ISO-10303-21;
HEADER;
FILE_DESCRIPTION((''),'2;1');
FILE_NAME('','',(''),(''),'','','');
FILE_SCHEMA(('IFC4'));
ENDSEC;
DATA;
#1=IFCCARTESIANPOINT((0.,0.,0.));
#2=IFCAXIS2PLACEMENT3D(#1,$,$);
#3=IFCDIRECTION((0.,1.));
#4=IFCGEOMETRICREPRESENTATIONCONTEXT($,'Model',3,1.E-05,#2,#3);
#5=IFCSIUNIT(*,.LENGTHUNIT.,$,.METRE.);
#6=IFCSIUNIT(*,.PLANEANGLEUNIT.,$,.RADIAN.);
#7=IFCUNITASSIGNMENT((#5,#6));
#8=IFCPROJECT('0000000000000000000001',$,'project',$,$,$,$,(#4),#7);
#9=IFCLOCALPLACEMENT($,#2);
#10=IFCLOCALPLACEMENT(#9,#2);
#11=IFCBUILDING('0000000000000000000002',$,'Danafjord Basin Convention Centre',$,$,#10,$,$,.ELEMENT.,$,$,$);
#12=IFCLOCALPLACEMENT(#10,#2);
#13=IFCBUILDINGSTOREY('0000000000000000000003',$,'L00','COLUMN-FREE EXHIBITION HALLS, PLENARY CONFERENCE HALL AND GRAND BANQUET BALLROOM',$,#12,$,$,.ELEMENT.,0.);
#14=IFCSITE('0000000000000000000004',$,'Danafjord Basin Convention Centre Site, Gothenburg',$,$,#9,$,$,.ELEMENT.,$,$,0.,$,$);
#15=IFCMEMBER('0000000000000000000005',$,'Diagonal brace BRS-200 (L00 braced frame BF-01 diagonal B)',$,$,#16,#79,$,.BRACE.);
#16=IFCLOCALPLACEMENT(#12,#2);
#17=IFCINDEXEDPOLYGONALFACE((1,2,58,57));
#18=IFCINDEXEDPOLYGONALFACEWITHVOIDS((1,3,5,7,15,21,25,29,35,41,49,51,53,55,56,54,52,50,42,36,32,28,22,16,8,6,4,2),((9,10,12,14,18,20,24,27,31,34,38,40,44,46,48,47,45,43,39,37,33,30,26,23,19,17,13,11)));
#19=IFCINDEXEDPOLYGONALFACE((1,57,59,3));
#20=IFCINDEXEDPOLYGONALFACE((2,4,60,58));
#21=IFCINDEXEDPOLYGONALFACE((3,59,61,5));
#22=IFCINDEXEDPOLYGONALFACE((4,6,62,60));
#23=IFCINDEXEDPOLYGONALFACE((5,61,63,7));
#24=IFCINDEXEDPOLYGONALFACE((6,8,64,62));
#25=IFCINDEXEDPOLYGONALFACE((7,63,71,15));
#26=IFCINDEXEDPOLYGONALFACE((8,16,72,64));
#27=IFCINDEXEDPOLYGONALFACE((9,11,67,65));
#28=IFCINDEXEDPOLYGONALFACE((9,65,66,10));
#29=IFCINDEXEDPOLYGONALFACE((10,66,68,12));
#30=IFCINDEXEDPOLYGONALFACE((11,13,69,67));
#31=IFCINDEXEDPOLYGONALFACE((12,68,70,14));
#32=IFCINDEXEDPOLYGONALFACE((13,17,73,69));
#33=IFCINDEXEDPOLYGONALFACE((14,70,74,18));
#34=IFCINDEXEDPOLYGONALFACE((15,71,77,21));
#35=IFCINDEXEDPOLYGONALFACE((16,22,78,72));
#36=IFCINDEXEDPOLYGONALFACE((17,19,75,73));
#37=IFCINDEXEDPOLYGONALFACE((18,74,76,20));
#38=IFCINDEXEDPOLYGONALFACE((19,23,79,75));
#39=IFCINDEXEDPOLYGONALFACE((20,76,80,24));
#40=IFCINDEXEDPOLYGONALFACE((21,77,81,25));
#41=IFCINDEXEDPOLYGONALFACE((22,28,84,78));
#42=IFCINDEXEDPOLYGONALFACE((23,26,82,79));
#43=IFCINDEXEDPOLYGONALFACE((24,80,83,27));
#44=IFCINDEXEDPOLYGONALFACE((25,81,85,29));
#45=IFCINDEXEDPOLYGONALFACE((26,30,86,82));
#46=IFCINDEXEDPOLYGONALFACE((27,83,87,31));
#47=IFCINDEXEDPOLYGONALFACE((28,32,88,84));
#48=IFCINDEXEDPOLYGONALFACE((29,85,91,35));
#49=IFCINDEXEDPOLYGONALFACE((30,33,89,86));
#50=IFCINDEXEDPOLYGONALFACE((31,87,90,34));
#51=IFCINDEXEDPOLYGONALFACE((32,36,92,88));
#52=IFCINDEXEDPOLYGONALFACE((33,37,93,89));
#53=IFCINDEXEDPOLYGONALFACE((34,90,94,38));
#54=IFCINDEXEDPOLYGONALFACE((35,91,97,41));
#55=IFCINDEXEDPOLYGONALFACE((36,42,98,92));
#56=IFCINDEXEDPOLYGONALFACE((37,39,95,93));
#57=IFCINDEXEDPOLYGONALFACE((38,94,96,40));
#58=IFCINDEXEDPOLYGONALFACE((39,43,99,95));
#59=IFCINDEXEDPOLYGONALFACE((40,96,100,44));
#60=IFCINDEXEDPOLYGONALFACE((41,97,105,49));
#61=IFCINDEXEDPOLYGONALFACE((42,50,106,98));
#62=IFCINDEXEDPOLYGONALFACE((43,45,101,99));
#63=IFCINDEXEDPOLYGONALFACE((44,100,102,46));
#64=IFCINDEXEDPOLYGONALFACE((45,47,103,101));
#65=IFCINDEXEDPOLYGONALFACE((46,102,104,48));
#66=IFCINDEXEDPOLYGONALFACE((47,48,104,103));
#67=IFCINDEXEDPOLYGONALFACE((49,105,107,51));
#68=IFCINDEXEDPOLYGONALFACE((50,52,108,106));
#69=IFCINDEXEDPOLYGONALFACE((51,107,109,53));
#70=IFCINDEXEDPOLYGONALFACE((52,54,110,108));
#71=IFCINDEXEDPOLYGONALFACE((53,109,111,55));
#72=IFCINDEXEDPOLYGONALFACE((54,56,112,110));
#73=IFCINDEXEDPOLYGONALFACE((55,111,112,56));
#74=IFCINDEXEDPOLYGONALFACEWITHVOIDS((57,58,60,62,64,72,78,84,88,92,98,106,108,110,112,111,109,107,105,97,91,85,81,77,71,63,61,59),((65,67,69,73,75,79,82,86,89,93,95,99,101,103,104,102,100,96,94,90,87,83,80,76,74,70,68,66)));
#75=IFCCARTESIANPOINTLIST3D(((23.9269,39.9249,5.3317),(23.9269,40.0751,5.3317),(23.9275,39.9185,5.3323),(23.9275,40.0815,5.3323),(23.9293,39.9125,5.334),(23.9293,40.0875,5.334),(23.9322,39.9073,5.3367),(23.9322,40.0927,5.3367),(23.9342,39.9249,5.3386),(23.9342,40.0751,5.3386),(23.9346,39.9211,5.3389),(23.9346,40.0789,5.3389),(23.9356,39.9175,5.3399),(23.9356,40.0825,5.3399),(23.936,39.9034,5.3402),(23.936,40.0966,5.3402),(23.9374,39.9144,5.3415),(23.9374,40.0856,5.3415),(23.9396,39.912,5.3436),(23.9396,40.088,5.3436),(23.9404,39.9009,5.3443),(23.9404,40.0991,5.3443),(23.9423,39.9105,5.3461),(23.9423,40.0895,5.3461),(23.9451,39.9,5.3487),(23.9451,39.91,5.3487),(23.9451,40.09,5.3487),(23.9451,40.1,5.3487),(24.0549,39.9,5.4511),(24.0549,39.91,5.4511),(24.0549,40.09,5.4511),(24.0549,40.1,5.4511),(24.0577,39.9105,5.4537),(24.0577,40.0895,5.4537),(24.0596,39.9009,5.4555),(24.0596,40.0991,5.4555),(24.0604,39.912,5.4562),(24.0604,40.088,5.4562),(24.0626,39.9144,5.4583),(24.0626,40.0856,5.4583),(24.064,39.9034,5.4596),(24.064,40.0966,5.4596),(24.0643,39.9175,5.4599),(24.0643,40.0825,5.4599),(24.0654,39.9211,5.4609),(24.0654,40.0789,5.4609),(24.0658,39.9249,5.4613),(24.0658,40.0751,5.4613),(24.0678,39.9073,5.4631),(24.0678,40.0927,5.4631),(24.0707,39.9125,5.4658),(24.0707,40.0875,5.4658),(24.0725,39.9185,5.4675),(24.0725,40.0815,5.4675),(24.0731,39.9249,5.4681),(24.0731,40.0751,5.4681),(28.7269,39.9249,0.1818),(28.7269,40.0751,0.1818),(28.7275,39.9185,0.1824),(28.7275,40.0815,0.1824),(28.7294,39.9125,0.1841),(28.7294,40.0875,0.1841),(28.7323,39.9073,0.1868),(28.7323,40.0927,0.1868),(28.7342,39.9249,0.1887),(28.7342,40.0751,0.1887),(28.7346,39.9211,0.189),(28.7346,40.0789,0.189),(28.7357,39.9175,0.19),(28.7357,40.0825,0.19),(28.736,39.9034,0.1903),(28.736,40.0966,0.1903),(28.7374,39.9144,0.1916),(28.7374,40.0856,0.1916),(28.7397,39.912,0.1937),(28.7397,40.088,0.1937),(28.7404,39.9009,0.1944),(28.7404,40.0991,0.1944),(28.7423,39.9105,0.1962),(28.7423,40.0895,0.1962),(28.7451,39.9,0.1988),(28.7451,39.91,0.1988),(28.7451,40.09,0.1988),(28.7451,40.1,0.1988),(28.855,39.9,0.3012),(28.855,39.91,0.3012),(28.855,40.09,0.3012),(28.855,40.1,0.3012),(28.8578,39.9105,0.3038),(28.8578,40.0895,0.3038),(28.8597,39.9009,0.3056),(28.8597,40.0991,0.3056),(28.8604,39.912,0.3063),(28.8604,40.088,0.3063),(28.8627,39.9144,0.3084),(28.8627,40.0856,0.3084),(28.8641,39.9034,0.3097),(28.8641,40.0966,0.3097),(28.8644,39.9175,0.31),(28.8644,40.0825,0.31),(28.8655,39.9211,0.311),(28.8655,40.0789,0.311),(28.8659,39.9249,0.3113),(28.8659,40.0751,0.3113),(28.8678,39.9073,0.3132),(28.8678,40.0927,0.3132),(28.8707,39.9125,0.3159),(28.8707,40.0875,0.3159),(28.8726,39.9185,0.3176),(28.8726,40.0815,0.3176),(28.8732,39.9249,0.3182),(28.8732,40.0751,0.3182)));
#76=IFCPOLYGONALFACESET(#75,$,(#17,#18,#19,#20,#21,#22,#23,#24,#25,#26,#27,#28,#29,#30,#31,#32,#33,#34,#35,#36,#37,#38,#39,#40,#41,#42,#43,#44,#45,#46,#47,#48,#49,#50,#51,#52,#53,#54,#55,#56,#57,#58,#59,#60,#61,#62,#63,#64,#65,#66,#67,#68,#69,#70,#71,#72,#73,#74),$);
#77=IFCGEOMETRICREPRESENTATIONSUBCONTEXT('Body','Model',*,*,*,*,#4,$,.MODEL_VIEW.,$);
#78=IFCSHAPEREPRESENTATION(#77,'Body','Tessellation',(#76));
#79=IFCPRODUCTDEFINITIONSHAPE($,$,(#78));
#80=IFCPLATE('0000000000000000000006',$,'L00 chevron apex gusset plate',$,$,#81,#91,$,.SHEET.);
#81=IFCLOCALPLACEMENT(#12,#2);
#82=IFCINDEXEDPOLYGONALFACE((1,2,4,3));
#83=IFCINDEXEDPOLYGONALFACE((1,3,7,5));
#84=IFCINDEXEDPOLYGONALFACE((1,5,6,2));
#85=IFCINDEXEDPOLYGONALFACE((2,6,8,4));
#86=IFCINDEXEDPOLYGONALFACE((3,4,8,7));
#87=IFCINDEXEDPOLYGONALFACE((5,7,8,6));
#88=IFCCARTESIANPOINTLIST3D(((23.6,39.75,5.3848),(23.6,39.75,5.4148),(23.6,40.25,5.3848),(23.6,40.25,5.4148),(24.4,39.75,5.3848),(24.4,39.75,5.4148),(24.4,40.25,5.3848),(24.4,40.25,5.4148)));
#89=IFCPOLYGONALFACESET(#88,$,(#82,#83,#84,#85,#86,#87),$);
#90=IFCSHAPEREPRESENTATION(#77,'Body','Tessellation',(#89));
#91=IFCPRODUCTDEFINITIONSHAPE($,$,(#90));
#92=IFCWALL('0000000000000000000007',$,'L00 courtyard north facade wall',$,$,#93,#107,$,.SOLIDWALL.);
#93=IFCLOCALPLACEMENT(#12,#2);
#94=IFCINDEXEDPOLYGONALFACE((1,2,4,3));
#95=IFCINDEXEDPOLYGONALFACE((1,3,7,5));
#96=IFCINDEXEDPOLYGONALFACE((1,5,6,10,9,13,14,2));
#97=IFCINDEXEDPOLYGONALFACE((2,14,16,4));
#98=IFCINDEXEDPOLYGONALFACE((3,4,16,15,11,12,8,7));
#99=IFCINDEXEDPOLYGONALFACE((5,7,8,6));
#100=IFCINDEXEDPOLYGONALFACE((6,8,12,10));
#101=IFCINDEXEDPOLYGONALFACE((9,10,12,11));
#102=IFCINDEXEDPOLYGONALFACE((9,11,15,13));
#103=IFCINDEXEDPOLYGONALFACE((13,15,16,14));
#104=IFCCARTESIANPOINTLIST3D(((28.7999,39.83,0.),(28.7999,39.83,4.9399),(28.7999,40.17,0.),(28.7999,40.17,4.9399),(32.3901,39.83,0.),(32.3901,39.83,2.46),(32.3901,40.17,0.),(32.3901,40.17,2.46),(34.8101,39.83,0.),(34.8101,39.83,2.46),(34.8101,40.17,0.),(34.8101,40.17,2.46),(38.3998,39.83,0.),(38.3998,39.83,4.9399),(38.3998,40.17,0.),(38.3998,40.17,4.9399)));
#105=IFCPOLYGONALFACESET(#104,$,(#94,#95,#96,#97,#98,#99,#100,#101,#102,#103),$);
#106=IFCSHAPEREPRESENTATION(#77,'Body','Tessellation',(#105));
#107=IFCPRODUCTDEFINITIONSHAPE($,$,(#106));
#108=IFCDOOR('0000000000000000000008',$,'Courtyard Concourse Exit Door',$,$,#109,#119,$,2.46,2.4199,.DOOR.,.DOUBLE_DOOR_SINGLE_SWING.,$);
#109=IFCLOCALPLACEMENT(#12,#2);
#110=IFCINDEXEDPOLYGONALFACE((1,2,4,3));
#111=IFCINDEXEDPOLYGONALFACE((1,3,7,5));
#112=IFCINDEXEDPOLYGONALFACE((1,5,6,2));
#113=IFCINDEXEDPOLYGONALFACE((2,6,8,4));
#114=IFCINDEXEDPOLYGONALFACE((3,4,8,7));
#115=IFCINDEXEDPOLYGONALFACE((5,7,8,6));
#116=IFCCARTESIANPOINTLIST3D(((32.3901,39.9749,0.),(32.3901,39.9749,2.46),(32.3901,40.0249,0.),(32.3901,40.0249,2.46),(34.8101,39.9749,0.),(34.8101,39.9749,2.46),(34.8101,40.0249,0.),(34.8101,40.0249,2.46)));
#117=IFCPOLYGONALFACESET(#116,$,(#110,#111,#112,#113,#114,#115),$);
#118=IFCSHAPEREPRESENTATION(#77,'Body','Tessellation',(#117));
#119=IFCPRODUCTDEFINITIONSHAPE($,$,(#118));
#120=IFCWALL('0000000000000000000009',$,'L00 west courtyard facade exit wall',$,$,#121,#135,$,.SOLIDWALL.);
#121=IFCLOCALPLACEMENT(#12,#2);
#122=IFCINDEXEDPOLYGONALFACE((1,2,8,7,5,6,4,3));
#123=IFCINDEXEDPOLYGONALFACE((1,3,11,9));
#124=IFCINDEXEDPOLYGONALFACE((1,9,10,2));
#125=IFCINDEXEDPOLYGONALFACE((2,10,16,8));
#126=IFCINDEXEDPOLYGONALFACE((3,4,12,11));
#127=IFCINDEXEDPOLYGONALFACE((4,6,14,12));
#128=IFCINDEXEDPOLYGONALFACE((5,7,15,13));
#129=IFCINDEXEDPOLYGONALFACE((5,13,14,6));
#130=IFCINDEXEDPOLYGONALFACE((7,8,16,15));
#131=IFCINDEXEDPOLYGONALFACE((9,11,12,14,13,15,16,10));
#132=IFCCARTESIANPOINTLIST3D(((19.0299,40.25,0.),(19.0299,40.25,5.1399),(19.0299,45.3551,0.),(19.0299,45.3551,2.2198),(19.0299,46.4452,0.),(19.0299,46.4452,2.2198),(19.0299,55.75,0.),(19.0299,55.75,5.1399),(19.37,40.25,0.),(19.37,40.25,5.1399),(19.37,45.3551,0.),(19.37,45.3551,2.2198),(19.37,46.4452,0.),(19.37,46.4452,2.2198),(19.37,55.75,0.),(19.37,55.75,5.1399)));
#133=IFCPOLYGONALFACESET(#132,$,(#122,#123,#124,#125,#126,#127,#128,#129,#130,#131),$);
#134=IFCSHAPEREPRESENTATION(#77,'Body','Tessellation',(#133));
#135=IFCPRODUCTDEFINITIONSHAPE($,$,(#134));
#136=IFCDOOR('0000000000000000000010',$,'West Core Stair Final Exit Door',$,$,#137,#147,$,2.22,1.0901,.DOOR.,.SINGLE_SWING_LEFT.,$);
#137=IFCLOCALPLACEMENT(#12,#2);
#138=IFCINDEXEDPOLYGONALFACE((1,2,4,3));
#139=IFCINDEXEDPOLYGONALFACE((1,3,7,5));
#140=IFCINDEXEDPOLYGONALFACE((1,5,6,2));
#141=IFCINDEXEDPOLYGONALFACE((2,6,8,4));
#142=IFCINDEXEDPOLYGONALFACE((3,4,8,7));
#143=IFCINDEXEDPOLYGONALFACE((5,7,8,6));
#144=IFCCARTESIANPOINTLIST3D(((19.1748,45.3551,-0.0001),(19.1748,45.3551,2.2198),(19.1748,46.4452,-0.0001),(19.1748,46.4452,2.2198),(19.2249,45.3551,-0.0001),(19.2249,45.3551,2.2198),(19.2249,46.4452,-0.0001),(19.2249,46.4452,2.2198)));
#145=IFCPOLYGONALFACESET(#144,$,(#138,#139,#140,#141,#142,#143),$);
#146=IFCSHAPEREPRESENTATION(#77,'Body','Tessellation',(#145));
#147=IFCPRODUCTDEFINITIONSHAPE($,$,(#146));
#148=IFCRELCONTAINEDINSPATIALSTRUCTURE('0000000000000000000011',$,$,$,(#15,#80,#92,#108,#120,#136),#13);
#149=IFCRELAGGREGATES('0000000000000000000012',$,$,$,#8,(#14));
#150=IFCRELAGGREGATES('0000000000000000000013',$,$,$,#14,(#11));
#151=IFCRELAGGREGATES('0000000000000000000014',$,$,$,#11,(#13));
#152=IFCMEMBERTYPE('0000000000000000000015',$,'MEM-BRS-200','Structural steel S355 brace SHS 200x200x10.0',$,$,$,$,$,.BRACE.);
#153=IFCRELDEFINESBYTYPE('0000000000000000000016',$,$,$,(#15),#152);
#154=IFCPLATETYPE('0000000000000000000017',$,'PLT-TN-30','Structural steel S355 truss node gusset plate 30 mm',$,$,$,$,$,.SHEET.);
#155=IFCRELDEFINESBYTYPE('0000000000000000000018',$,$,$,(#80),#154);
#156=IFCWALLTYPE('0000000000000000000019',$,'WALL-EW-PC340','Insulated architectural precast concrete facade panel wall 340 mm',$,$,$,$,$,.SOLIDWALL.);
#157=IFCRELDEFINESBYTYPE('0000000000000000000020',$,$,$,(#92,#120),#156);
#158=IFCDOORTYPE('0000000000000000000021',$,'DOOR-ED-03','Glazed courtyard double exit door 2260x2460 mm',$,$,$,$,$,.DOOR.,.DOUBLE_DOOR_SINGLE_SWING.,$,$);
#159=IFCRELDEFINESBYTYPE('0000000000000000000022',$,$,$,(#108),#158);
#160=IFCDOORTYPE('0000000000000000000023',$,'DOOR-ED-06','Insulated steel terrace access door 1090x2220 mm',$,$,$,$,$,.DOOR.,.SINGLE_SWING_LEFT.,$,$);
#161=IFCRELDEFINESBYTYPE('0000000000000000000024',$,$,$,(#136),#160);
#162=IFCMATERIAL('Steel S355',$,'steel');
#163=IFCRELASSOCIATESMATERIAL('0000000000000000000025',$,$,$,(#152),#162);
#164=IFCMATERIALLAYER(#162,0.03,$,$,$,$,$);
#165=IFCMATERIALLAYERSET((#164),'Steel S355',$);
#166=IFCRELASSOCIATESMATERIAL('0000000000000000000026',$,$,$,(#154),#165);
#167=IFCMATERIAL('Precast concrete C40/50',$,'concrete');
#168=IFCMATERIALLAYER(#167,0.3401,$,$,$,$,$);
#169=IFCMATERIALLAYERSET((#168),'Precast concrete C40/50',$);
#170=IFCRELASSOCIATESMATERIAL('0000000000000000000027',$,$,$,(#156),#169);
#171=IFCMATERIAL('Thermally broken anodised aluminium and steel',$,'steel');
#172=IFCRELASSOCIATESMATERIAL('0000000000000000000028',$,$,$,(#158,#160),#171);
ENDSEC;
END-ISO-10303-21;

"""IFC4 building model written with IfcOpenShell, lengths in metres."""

from ifc_helpers import new_model, si_unit, direction, frame, frame_2d, origin, origin_2d, place, context, subcontext, project, spatial, rectangle, hollow_rectangle, extrude, material, layer, layer_set, material_profile, profile_set, type_object, element, fill, save


model = new_model("IFC4")

# Units and contexts
model_context = context("Model", 3, precision=1e-05, world=origin(), true_north=direction((0.0, 1.0)))
body_context = subcontext(model_context, "Body", "Model", "MODEL_VIEW")
ifc_project = project(units=[si_unit("LENGTHUNIT", "METRE"), si_unit("PLANEANGLEUNIT", "RADIAN")], contexts=[model_context])

# Site, building, storey
site_placement = place(None, origin())
site = spatial("IfcSite", under=ifc_project, at=site_placement, Name="Danafjord Basin Convention Centre Site, Gothenburg", CompositionType="ELEMENT", RefElevation=0.0)
building_placement = place(site_placement, origin())
building = spatial("IfcBuilding", under=site, at=building_placement, Name="Danafjord Basin Convention Centre", CompositionType="ELEMENT")
storey_placement = place(building_placement, origin())
storey = spatial("IfcBuildingStorey", under=building, at=storey_placement, Name="L00", Description="COLUMN-FREE EXHIBITION HALLS, PLENARY CONFERENCE HALL AND GRAND BANQUET BALLROOM", CompositionType="ELEMENT", Elevation=0.0)

# Shared definitions
ifc_material_1 = material(Name="Steel S355", Category="steel")

# Member
ifc_material_profile_1 = material_profile(ifc_material_1, hollow_rectangle(XDim=0.2, YDim=0.2, WallThickness=0.01, InnerFilletRadius=0.0149, OuterFilletRadius=0.0249, at=origin_2d()), Name="SHS 200x200x10.0")
ifc_profile_set_1 = profile_set([ifc_material_profile_1], Name="Steel S355")
member_type = type_object("IfcMemberType", Name="MEM-BRS-200", Description="Structural steel S355 brace SHS 200x200x10.0", PredefinedType="BRACE", material=ifc_profile_set_1)
member_placement = place(storey_placement, frame((28.8, 40.0, 0.25), z_axis=(-0.681823, 0.0, 0.731518), x_axis=(0.0, -1.0, 0.0)))
element("IfcMember", 1, at=member_placement, inside=storey, type_object=member_type, Name="Diagonal brace BRS-200 (L00 braced frame BF-01 diagonal B)", PredefinedType="BRACE", context=body_context, shape_type="SweptSolid", body=[
    extrude(hollow_rectangle(XDim=0.2, YDim=0.2, WallThickness=0.01, InnerFilletRadius=0.0149, OuterFilletRadius=0.0249, at=origin_2d()), origin(), (0.0, 0.0, 1.0), 7.04),
])

# Plate
ifc_layer_1 = layer(ifc_material_1, 0.03)
ifc_layer_set_1 = layer_set([ifc_layer_1], Name="Steel S355")
plate_type = type_object("IfcPlateType", Name="PLT-TN-30", Description="Structural steel S355 truss node gusset plate 30 mm", PredefinedType="SHEET", material=ifc_layer_set_1)
plate_placement = place(storey_placement, frame((24.0, 40.0, 5.3848), z_axis=(0.0, 0.0, 1.0), x_axis=(1.0, 0.0, 0.0)))
element("IfcPlate", 2, at=plate_placement, inside=storey, type_object=plate_type, Name="L00 chevron apex gusset plate", PredefinedType="SHEET", context=body_context, shape_type="SweptSolid", body=[
    extrude(rectangle(XDim=0.8, YDim=0.5, at=origin_2d()), origin(), (0.0, 0.0, 1.0), 0.03),
])

# Walls, openings, doors
ifc_material_2 = material(Name="Precast concrete C40/50", Category="concrete")
ifc_layer_2 = layer(ifc_material_2, 0.3401)
ifc_layer_set_2 = layer_set([ifc_layer_2], Name="Precast concrete C40/50")
wall_type_1 = type_object("IfcWallType", Name="WALL-EW-PC340", Description="Insulated architectural precast concrete facade panel wall 340 mm", PredefinedType="SOLIDWALL", material=ifc_layer_set_2)
wall_1_placement = place(storey_placement, frame((28.8, 40.0, 0.0), z_axis=(0.0, 0.0, 1.0), x_axis=(1.0, 0.0, 0.0)))
wall_1 = element("IfcWall", 3, at=wall_1_placement, inside=storey, type_object=wall_type_1, Name="L00 courtyard north facade wall", PredefinedType="SOLIDWALL", context=body_context, shape_type="SweptSolid", body=[
    extrude(rectangle(XDim=9.5999, YDim=0.3401, at=frame_2d((4.7998, 0.0))), origin(), (0.0, 0.0, 1.0), 4.9399),
])
opening_1_placement = place(wall_1_placement, frame((3.5901, 0.0, 0.0)))
opening_1 = element("IfcOpeningElement", 4, at=opening_1_placement, cuts=wall_1, PredefinedType="OPENING", context=body_context, shape_type="SweptSolid", body=[
    extrude(rectangle(XDim=2.4199, YDim=2.46, at=frame_2d((1.21, 1.23))), frame((0.0, 0.1799, 0.0), z_axis=(0.0, -1.0, 0.0), x_axis=(1.0, 0.0, 0.0)), (0.0, 0.0, 1.0), 0.3601),
])
ifc_material_3 = material(Name="Thermally broken anodised aluminium and steel", Category="steel")
door_type_1 = type_object("IfcDoorType", Name="DOOR-ED-03", Description="Glazed courtyard double exit door 2260x2460 mm", OperationType="DOUBLE_DOOR_SINGLE_SWING", PredefinedType="DOOR", material=ifc_material_3)
door_1_placement = place(opening_1_placement, origin())
door_1 = element("IfcDoor", 5, at=door_1_placement, inside=storey, type_object=door_type_1, Name="Courtyard Concourse Exit Door", OperationType="DOUBLE_DOOR_SINGLE_SWING", OverallHeight=2.46, OverallWidth=2.4199, PredefinedType="DOOR", context=body_context, shape_type="SweptSolid", body=[
    extrude(rectangle(XDim=2.4199, YDim=2.46, at=frame_2d((1.21, 1.23))), frame((0.0, 0.0249, 0.0), z_axis=(0.0, -1.0, 0.0), x_axis=(1.0, 0.0, 0.0)), (0.0, 0.0, 1.0), 0.05),
])
fill(opening_1, door_1)
wall_2_placement = place(storey_placement, frame((19.2, 55.75, 0.0), z_axis=(0.0, 0.0, 1.0), x_axis=(0.0, -1.0, 0.0)))
wall_2 = element("IfcWall", 6, at=wall_2_placement, inside=storey, type_object=wall_type_1, Name="L00 west courtyard facade exit wall", PredefinedType="SOLIDWALL", context=body_context, shape_type="SweptSolid", body=[
    extrude(rectangle(XDim=15.5, YDim=0.3401, at=frame_2d((7.75, 0.0))), origin(), (0.0, 0.0, 1.0), 5.1399),
])
opening_2_placement = place(wall_2_placement, frame((9.3049, 0.0, 0.0)))
opening_2 = element("IfcOpeningElement", 7, at=opening_2_placement, cuts=wall_2, PredefinedType="OPENING", context=body_context, shape_type="SweptSolid", body=[
    extrude(rectangle(XDim=1.0901, YDim=2.22, at=frame_2d((0.5449, 1.1099))), frame((0.0, 0.1799, 0.0), z_axis=(0.0, -1.0, 0.0), x_axis=(1.0, 0.0, 0.0)), (0.0, 0.0, 1.0), 0.3601),
])
door_type_2 = type_object("IfcDoorType", Name="DOOR-ED-06", Description="Insulated steel terrace access door 1090x2220 mm", OperationType="SINGLE_SWING_LEFT", PredefinedType="DOOR", material=ifc_material_3)
door_2_placement = place(opening_2_placement, origin())
door_2 = element("IfcDoor", 8, at=door_2_placement, inside=storey, type_object=door_type_2, Name="West Core Stair Final Exit Door", OperationType="SINGLE_SWING_LEFT", OverallHeight=2.22, OverallWidth=1.0901, PredefinedType="DOOR", context=body_context, shape_type="SweptSolid", body=[
    extrude(rectangle(XDim=1.0901, YDim=2.22, at=frame_2d((0.5449, 1.1099))), frame((0.0, 0.0249, 0.0), z_axis=(0.0, -1.0, 0.0), x_axis=(1.0, 0.0, 0.0)), (0.0, 0.0, 1.0), 0.05),
])
fill(opening_2, door_2)

save(model, "model.ifc")
